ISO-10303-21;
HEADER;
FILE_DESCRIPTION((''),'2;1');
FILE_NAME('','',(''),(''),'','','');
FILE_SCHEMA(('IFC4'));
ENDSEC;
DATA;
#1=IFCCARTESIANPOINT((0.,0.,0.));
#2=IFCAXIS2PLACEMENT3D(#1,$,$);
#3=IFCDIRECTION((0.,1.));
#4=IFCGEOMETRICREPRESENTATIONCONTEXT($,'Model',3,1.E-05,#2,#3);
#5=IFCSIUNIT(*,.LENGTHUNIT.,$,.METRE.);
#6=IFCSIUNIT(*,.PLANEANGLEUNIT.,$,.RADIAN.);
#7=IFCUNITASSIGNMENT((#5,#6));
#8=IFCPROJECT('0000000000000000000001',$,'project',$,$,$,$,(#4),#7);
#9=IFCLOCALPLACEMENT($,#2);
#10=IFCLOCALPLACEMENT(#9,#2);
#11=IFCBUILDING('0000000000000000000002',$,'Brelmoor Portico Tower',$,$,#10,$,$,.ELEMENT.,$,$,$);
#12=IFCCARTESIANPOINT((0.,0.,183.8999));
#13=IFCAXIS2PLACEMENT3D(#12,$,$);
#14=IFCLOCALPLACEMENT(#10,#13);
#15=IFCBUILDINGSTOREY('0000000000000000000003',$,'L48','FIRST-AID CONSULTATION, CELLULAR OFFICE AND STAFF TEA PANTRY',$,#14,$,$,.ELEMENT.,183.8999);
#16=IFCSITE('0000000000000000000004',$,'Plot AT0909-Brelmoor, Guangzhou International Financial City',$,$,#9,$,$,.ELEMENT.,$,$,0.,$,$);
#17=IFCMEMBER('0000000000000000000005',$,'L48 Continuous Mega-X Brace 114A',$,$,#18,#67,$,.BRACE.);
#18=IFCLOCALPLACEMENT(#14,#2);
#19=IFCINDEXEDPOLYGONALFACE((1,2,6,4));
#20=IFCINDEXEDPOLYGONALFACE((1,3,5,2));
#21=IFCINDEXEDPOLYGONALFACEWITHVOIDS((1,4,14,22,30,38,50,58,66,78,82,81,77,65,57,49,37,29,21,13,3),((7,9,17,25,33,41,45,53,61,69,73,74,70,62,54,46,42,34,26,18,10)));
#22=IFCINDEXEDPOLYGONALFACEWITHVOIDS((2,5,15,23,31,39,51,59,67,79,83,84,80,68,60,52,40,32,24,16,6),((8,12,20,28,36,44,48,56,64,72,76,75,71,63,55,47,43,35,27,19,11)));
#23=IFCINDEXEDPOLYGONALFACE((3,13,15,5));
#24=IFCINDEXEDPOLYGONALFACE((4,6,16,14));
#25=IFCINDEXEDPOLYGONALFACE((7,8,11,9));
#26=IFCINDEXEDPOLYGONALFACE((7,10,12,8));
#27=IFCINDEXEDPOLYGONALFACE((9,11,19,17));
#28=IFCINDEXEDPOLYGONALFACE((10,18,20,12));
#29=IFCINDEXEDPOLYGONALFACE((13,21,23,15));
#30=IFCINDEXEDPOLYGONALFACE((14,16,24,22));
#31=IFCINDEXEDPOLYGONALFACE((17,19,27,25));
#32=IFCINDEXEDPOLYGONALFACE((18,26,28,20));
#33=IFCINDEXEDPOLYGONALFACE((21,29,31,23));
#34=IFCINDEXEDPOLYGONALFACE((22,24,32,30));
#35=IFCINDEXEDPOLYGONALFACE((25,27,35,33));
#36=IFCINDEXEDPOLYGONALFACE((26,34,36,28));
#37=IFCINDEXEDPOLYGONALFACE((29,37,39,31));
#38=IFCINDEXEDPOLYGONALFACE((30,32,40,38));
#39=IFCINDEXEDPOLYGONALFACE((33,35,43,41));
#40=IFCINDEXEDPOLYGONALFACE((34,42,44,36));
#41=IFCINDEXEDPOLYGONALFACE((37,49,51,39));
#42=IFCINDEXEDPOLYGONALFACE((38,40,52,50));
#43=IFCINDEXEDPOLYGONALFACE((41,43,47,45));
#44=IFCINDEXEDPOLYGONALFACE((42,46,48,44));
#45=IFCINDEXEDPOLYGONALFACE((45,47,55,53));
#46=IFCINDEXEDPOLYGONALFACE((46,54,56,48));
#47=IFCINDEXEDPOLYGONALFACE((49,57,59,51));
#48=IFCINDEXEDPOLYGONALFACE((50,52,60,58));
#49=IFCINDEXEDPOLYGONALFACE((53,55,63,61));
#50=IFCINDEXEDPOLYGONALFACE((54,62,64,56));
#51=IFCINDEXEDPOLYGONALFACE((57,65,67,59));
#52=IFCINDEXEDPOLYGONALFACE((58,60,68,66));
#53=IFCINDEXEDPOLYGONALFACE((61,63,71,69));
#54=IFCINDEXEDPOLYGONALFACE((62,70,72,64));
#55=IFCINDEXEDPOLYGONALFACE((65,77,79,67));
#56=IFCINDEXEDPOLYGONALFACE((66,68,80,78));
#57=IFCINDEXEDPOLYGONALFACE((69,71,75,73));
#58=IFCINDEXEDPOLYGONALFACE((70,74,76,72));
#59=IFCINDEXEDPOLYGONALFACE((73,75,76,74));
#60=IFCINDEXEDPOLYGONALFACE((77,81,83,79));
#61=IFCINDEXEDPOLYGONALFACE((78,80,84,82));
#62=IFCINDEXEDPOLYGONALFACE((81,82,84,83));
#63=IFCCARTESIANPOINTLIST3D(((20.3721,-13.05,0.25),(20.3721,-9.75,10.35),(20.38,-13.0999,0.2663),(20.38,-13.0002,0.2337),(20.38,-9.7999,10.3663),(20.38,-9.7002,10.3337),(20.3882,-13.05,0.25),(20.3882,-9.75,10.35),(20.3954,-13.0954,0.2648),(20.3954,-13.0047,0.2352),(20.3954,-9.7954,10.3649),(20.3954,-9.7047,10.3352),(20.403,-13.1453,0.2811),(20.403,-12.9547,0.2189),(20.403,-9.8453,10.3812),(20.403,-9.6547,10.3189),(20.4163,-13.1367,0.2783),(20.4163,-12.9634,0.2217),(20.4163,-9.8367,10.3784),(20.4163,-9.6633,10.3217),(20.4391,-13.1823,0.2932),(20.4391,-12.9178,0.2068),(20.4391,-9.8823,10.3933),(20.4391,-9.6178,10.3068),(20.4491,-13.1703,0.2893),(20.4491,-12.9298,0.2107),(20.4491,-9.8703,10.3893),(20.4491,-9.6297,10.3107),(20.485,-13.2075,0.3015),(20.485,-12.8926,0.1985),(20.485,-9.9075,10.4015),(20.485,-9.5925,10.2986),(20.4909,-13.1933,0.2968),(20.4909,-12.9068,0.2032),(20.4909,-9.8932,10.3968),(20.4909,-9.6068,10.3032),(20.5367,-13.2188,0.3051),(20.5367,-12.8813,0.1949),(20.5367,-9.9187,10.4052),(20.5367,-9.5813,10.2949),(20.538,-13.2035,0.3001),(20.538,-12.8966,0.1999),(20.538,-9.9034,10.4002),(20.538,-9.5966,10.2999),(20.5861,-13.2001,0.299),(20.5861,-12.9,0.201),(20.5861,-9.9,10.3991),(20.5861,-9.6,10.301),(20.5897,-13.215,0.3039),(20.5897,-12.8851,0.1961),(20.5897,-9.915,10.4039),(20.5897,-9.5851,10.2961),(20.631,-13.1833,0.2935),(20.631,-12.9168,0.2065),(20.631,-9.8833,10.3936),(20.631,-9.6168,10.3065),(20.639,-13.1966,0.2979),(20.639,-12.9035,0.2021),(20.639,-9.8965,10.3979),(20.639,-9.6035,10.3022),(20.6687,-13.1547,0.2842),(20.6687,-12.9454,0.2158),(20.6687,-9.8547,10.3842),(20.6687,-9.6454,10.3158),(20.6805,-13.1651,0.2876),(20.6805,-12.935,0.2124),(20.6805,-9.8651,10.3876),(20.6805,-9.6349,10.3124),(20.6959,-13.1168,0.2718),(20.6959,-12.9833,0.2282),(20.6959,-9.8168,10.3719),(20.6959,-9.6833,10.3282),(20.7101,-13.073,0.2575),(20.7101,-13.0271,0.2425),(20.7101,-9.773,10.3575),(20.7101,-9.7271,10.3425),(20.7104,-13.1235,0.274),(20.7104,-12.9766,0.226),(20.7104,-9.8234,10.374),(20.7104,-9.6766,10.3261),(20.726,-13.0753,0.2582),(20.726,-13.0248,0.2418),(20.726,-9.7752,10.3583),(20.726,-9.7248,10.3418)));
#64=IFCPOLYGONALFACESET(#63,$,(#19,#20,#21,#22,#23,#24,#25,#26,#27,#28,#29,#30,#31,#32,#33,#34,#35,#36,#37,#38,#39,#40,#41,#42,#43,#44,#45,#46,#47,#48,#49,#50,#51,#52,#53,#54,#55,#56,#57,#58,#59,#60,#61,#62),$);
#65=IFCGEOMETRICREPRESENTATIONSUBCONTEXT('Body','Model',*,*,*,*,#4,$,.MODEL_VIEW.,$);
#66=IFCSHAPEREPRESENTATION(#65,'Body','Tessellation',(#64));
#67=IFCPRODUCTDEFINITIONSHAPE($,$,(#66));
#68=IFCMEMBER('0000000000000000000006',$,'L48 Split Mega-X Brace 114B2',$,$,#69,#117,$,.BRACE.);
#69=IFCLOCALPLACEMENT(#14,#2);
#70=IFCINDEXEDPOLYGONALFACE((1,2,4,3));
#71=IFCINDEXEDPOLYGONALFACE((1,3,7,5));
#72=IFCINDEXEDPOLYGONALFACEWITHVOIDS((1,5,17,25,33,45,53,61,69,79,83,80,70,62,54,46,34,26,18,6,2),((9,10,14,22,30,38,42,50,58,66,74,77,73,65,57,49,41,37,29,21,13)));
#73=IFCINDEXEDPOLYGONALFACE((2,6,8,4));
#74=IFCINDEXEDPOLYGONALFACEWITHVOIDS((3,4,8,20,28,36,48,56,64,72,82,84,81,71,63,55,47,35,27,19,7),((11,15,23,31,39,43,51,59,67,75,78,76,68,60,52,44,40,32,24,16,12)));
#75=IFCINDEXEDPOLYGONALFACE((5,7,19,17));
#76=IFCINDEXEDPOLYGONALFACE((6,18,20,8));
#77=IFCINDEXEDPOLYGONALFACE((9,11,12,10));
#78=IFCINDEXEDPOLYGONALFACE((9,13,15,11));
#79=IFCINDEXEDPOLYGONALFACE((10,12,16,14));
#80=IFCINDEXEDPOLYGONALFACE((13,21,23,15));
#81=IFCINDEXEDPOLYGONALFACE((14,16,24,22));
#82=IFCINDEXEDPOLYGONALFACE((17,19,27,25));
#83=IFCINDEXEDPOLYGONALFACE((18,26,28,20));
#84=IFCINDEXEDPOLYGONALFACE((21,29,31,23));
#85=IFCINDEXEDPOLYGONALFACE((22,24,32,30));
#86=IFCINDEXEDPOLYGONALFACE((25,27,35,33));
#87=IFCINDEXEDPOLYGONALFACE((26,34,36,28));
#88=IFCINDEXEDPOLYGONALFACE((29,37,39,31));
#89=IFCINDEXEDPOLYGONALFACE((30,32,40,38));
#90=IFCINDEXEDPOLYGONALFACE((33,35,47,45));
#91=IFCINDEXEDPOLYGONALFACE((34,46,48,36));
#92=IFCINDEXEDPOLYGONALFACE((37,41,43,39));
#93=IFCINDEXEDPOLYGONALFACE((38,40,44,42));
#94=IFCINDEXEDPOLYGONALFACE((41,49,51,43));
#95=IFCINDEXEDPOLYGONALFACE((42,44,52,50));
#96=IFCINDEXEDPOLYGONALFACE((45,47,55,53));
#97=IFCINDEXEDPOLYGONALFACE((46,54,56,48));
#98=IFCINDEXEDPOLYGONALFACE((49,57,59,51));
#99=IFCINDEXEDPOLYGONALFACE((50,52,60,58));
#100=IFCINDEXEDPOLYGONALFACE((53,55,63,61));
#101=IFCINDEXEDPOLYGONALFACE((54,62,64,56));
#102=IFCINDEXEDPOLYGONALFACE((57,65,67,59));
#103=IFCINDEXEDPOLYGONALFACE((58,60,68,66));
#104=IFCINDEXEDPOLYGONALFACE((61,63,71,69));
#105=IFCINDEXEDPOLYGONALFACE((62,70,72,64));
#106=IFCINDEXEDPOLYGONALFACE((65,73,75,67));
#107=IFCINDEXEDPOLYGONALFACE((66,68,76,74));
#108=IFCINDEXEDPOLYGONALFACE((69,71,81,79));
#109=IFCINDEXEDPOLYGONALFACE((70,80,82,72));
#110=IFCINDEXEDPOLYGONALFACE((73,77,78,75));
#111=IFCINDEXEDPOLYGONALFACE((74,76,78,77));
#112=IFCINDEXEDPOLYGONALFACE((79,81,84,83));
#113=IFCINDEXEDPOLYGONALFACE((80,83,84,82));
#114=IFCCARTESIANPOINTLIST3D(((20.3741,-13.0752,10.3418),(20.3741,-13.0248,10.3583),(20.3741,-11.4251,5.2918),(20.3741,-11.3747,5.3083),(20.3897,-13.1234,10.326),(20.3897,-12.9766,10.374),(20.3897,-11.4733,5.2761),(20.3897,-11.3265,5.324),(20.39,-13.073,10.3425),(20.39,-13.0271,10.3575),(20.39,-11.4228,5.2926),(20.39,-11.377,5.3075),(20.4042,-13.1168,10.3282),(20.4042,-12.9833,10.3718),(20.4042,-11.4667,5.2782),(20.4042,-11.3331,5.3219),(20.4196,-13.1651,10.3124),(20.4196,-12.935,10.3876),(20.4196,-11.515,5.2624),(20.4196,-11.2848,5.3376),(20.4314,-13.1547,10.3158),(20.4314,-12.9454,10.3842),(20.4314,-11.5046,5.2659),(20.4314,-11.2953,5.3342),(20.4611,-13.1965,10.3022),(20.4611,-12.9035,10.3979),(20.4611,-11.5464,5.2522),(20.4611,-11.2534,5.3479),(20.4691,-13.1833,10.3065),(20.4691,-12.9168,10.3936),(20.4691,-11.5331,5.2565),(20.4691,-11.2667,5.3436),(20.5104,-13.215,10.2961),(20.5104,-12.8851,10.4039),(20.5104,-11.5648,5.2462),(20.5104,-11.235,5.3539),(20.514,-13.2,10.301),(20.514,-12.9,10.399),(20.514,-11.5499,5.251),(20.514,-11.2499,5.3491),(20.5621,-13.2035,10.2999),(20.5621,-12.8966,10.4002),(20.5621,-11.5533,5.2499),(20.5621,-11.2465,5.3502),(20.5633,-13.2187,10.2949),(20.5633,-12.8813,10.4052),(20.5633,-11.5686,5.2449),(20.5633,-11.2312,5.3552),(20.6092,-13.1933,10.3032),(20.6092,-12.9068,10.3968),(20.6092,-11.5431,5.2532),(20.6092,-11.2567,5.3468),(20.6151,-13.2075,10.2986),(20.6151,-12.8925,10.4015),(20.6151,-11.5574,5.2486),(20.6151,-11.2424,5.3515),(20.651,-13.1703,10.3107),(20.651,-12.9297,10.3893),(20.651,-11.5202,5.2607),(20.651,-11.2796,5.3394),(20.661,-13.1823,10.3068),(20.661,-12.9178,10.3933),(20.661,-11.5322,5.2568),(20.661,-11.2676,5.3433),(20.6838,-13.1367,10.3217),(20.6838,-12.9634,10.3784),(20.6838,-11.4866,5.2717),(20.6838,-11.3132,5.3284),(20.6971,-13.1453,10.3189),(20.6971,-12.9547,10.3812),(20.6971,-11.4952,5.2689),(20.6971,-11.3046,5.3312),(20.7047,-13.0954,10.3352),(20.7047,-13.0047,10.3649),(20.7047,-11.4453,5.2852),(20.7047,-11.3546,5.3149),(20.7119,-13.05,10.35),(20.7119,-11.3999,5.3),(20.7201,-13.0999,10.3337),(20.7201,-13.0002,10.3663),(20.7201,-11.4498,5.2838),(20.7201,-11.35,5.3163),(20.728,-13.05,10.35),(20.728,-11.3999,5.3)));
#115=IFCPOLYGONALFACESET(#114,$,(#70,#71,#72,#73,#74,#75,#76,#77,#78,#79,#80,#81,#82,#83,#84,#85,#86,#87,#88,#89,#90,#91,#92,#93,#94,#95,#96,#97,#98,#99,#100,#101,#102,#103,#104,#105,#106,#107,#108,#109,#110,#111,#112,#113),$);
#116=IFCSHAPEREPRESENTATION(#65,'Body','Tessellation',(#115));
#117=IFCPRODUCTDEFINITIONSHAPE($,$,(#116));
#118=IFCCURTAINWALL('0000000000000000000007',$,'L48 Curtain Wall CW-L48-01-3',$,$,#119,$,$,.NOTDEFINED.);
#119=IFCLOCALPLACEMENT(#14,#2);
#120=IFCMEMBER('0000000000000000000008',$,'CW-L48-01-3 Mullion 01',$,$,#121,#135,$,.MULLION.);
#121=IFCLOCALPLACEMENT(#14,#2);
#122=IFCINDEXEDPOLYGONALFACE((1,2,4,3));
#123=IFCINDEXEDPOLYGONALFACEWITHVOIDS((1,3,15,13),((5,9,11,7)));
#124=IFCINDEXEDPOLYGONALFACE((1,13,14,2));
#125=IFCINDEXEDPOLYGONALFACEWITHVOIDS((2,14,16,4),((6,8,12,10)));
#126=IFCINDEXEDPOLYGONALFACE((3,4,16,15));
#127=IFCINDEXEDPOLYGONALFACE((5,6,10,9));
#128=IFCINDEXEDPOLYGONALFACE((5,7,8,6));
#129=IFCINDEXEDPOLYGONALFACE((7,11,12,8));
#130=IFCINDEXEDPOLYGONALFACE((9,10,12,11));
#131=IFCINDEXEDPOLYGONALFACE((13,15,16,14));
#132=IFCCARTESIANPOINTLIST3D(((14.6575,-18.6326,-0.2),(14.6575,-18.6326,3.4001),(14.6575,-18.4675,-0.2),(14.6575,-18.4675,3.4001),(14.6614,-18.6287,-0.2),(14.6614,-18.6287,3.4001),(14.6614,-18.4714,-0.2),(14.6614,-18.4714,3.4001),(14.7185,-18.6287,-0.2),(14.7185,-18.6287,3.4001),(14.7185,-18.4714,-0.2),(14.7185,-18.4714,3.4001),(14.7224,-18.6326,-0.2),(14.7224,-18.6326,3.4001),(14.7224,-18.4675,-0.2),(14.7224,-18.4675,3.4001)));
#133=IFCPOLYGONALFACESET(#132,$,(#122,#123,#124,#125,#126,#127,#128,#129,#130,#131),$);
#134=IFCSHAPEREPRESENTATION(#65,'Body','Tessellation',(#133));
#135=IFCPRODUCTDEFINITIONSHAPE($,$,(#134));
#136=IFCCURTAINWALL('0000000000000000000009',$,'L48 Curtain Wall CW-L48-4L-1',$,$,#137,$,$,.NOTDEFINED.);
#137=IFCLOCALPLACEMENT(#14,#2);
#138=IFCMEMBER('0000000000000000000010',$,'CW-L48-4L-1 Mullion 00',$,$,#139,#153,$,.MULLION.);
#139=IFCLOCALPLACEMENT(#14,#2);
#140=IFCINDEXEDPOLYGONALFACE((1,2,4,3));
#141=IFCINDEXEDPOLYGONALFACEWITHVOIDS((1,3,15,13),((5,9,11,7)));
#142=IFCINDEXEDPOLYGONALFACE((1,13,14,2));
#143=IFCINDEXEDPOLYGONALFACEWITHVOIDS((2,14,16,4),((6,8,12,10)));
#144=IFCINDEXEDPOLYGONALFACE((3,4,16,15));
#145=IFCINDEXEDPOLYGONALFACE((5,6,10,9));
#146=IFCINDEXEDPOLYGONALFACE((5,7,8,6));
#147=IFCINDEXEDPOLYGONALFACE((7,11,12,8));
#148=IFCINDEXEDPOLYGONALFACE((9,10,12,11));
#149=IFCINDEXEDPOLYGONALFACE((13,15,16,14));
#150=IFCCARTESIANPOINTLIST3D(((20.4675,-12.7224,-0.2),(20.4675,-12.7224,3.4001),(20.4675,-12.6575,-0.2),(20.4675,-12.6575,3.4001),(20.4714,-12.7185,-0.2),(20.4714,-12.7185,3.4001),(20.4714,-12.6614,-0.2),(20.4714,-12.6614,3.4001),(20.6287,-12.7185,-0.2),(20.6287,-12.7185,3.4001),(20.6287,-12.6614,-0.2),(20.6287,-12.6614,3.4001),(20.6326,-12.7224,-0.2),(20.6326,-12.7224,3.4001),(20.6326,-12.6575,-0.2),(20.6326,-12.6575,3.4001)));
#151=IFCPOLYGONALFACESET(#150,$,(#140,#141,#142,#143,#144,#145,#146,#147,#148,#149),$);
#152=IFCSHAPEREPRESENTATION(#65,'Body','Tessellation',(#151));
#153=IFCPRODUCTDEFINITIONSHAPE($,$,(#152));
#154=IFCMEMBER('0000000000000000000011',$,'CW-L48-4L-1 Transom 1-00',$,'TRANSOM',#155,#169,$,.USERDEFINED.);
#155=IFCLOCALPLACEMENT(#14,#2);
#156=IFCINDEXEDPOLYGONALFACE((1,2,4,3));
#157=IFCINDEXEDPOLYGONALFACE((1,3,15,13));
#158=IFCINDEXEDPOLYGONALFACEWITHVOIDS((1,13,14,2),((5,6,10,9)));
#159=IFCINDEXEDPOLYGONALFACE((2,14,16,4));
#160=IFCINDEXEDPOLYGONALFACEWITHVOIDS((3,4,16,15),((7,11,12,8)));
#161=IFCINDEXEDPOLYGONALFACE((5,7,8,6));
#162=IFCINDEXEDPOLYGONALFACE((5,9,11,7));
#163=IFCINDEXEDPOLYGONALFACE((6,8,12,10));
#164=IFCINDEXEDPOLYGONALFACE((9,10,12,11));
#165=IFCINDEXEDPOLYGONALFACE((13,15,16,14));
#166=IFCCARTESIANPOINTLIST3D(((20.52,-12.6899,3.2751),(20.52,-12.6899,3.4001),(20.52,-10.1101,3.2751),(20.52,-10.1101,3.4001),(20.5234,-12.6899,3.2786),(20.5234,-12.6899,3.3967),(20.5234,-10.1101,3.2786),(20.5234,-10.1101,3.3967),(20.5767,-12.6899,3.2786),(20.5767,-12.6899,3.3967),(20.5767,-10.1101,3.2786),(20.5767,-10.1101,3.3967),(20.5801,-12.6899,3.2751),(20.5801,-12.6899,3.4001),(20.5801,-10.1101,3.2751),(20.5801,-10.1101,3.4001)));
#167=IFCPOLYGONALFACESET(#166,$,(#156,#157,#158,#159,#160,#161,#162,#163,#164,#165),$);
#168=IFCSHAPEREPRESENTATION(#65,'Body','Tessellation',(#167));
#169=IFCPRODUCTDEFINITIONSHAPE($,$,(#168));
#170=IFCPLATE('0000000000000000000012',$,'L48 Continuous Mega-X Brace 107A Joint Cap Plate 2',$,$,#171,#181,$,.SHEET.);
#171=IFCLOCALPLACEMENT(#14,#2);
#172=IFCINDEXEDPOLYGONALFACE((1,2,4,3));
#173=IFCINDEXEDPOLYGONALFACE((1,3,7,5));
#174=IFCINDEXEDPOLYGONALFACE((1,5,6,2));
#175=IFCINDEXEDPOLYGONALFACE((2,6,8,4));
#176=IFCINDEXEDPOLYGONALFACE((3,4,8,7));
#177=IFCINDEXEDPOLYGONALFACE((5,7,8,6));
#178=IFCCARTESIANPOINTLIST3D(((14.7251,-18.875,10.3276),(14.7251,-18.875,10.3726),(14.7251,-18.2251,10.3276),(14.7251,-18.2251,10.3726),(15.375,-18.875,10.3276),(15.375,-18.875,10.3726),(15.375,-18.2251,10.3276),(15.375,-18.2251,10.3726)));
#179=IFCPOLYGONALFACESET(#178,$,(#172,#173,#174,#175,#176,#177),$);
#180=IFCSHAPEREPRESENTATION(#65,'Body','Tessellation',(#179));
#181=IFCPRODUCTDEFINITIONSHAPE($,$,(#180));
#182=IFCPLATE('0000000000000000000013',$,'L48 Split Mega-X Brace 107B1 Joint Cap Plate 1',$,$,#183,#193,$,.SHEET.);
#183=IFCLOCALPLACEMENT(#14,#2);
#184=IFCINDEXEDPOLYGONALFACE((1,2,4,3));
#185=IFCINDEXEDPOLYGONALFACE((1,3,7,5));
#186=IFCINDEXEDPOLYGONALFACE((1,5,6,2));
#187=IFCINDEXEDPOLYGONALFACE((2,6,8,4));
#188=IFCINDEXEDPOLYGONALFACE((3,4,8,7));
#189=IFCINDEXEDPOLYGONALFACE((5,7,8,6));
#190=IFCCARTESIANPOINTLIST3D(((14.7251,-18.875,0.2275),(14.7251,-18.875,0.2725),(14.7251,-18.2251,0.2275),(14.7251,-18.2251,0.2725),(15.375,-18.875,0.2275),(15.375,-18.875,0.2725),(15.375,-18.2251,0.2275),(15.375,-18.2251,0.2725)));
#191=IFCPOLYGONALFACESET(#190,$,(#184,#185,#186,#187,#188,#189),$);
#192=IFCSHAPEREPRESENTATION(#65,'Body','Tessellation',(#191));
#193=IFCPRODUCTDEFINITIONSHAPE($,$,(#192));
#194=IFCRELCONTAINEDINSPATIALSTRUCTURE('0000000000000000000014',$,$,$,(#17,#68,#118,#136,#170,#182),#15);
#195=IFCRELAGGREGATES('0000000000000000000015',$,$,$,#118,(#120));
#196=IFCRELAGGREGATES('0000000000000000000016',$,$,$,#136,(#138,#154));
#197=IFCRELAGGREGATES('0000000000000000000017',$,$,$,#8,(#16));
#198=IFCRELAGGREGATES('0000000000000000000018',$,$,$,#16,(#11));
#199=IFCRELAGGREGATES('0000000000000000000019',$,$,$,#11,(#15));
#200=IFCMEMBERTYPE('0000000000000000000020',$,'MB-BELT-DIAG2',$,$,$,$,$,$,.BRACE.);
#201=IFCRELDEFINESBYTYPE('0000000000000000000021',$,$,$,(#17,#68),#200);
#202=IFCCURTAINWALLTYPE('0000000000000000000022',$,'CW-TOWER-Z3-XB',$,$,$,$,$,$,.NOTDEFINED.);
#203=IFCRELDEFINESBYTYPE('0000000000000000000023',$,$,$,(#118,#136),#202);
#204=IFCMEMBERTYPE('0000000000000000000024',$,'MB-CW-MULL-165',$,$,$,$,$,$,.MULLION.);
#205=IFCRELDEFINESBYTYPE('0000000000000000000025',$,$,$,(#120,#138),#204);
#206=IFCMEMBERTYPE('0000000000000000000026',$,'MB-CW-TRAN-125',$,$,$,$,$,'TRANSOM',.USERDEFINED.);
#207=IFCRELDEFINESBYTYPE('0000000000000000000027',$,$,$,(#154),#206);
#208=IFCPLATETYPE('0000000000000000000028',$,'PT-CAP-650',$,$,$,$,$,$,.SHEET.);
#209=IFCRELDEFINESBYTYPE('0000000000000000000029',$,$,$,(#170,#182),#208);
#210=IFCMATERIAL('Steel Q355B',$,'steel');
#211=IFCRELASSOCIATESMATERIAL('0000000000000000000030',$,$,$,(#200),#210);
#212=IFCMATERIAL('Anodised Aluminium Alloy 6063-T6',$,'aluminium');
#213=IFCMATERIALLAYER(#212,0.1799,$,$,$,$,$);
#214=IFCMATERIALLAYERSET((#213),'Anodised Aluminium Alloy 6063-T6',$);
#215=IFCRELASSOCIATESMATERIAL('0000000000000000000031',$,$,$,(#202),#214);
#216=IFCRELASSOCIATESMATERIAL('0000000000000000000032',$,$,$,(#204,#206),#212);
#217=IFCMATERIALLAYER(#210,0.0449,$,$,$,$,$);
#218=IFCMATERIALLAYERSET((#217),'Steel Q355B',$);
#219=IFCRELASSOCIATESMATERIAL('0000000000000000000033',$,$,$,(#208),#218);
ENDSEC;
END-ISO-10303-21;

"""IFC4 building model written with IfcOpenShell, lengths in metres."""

from ifc_helpers import new_model, si_unit, direction, frame, origin, origin_2d, place, context, subcontext, project, spatial, rectangle, hollow_rectangle, hollow_circle, extrude, material, layer, layer_set, material_profile, profile_set, type_object, element, aggregate, save


model = new_model("IFC4")

# Units and contexts
model_context = context("Model", 3, precision=1e-05, world=origin(), true_north=direction((0.0, 1.0)))
body_context = subcontext(model_context, "Body", "Model", "MODEL_VIEW")
ifc_project = project(units=[si_unit("LENGTHUNIT", "METRE"), si_unit("PLANEANGLEUNIT", "RADIAN")], contexts=[model_context])

# Site, building, storey
site_placement = place(None, origin())
site = spatial("IfcSite", under=ifc_project, at=site_placement, Name="Plot AT0909-Brelmoor, Guangzhou International Financial City", CompositionType="ELEMENT", RefElevation=0.0)
building_placement = place(site_placement, origin())
building = spatial("IfcBuilding", under=site, at=building_placement, Name="Brelmoor Portico Tower", CompositionType="ELEMENT")
storey_placement = place(building_placement, frame((0.0, 0.0, 183.8999)))
storey = spatial("IfcBuildingStorey", under=building, at=storey_placement, Name="L48", Description="FIRST-AID CONSULTATION, CELLULAR OFFICE AND STAFF TEA PANTRY", CompositionType="ELEMENT", Elevation=183.8999)

# Shared definitions
ifc_material_1 = material(Name="Steel Q355B", Category="steel")

# Members
ifc_material_profile_1 = material_profile(ifc_material_1, hollow_circle(Radius=0.178, WallThickness=0.0161, at=origin_2d()), Name="CHS 356x16")
ifc_profile_set_1 = profile_set([ifc_material_profile_1], Name="Steel Q355B")
member_type_1 = type_object("IfcMemberType", Name="MB-BELT-DIAG2", PredefinedType="BRACE", material=ifc_profile_set_1)
member_1_placement = place(storey_placement, frame((20.55, -13.05, 0.25), z_axis=(0.0, 0.310577, 0.950548), x_axis=(-1.0, 0.0, 0.0)))
element("IfcMember", 1, at=member_1_placement, inside=storey, type_object=member_type_1, Name="L48 Continuous Mega-X Brace 114A", PredefinedType="BRACE", context=body_context, shape_type="SweptSolid", body=[
    extrude(hollow_circle(Radius=0.178, WallThickness=0.0161, at=origin_2d()), origin(), (0.0, 0.0, 1.0), 10.6255),
])
member_2_placement = place(storey_placement, frame((20.55, -11.3999, 5.3), z_axis=(0.0, -0.310598, 0.950542), x_axis=(1.0, 0.0, 0.0)))
element("IfcMember", 2, at=member_2_placement, inside=storey, type_object=member_type_1, Name="L48 Split Mega-X Brace 114B2", PredefinedType="BRACE", context=body_context, shape_type="SweptSolid", body=[
    extrude(hollow_circle(Radius=0.178, WallThickness=0.0161, at=origin_2d()), origin(), (0.0, 0.0, 1.0), 5.3127),
])

# Curtain wall, member
ifc_material_2 = material(Name="Anodised Aluminium Alloy 6063-T6", Category="aluminium")
ifc_layer_1 = layer(ifc_material_2, 0.1799)
ifc_layer_set_1 = layer_set([ifc_layer_1], Name="Anodised Aluminium Alloy 6063-T6")
curtain_wall_type = type_object("IfcCurtainWallType", Name="CW-TOWER-Z3-XB", PredefinedType="NOTDEFINED", material=ifc_layer_set_1)
curtain_wall_1_placement = place(storey_placement, origin())
curtain_wall_1 = element("IfcCurtainWall", 3, at=curtain_wall_1_placement, inside=storey, type_object=curtain_wall_type, Name="L48 Curtain Wall CW-L48-01-3", PredefinedType="NOTDEFINED")
ifc_material_profile_2 = material_profile(ifc_material_2, hollow_rectangle(XDim=0.0649, YDim=0.165, WallThickness=0.0039, at=origin_2d()), Name="ALU MULLION 65x165")
ifc_profile_set_2 = profile_set([ifc_material_profile_2], Name="Anodised Aluminium Alloy 6063-T6")
member_type_2 = type_object("IfcMemberType", Name="MB-CW-MULL-165", PredefinedType="MULLION", material=ifc_profile_set_2)
member_3_placement = place(storey_placement, frame((14.6899, -18.55, -0.2), z_axis=(0.0, 0.0, 1.0), x_axis=(1.0, 0.0, 0.0)))
member_3 = element("IfcMember", 4, at=member_3_placement, type_object=member_type_2, Name="CW-L48-01-3 Mullion 01", PredefinedType="MULLION", context=body_context, shape_type="SweptSolid", body=[
    extrude(hollow_rectangle(XDim=0.0649, YDim=0.165, WallThickness=0.0039, at=origin_2d()), origin(), (0.0, 0.0, 1.0), 3.6001),
])
aggregate(curtain_wall_1, [member_3])

# Curtain wall, members
curtain_wall_2_placement = place(storey_placement, origin())
curtain_wall_2 = element("IfcCurtainWall", 5, at=curtain_wall_2_placement, inside=storey, type_object=curtain_wall_type, Name="L48 Curtain Wall CW-L48-4L-1", PredefinedType="NOTDEFINED")
member_4_placement = place(storey_placement, frame((20.55, -12.6899, -0.2), z_axis=(0.0, 0.0, 1.0), x_axis=(0.0, 1.0, 0.0)))
member_4 = element("IfcMember", 6, at=member_4_placement, type_object=member_type_2, Name="CW-L48-4L-1 Mullion 00", PredefinedType="MULLION", context=body_context, shape_type="SweptSolid", body=[
    extrude(hollow_rectangle(XDim=0.0649, YDim=0.165, WallThickness=0.0039, at=origin_2d()), origin(), (0.0, 0.0, 1.0), 3.6001),
])
ifc_material_profile_3 = material_profile(ifc_material_2, hollow_rectangle(XDim=0.0601, YDim=0.125, WallThickness=0.0034, at=origin_2d()), Name="ALU TRANSOM 60x125")
ifc_profile_set_3 = profile_set([ifc_material_profile_3], Name="Anodised Aluminium Alloy 6063-T6")
member_type_3 = type_object("IfcMemberType", Name="MB-CW-TRAN-125", ElementType="TRANSOM", PredefinedType="USERDEFINED", material=ifc_profile_set_3)
member_5_placement = place(storey_placement, frame((20.55, -12.6899, 3.3376), z_axis=(0.0, 1.0, 0.0), x_axis=(-1.0, 0.0, 0.0)))
member_5 = element("IfcMember", 7, at=member_5_placement, type_object=member_type_3, Name="CW-L48-4L-1 Transom 1-00", ObjectType="TRANSOM", PredefinedType="USERDEFINED", context=body_context, shape_type="SweptSolid", body=[
    extrude(hollow_rectangle(XDim=0.0601, YDim=0.125, WallThickness=0.0034, at=origin_2d()), origin(), (0.0, 0.0, 1.0), 2.5798),
])

# Plates
ifc_layer_2 = layer(ifc_material_1, 0.0449)
ifc_layer_set_2 = layer_set([ifc_layer_2], Name="Steel Q355B")
plate_type_1 = type_object("IfcPlateType", Name="PT-CAP-650", PredefinedType="SHEET", material=ifc_layer_set_2)
for number, where, z_axis, x_axis, name in (
    (8, (15.05, -18.55, 10.3276), (0.0, 0.0, 1.0), (1.0, 0.0, 0.0), "L48 Continuous Mega-X Brace 107A Joint Cap Plate 2"),
    (9, (15.05, -18.55, 0.2275), (0.0, 0.0, 1.0), (1.0, 0.0, 0.0), "L48 Split Mega-X Brace 107B1 Joint Cap Plate 1"),
):
    element("IfcPlate", number, at=place(storey_placement, frame(where, z_axis=z_axis, x_axis=x_axis)), inside=storey, type_object=plate_type_1, Name=name, PredefinedType="SHEET", context=body_context, shape_type="SweptSolid", body=[
        extrude(rectangle(XDim=0.6499, YDim=0.6499, at=origin_2d()), origin(), (0.0, 0.0, 1.0), 0.0449),
    ])

aggregate(curtain_wall_2, [member_4, member_5])

save(model, "model.ifc")
